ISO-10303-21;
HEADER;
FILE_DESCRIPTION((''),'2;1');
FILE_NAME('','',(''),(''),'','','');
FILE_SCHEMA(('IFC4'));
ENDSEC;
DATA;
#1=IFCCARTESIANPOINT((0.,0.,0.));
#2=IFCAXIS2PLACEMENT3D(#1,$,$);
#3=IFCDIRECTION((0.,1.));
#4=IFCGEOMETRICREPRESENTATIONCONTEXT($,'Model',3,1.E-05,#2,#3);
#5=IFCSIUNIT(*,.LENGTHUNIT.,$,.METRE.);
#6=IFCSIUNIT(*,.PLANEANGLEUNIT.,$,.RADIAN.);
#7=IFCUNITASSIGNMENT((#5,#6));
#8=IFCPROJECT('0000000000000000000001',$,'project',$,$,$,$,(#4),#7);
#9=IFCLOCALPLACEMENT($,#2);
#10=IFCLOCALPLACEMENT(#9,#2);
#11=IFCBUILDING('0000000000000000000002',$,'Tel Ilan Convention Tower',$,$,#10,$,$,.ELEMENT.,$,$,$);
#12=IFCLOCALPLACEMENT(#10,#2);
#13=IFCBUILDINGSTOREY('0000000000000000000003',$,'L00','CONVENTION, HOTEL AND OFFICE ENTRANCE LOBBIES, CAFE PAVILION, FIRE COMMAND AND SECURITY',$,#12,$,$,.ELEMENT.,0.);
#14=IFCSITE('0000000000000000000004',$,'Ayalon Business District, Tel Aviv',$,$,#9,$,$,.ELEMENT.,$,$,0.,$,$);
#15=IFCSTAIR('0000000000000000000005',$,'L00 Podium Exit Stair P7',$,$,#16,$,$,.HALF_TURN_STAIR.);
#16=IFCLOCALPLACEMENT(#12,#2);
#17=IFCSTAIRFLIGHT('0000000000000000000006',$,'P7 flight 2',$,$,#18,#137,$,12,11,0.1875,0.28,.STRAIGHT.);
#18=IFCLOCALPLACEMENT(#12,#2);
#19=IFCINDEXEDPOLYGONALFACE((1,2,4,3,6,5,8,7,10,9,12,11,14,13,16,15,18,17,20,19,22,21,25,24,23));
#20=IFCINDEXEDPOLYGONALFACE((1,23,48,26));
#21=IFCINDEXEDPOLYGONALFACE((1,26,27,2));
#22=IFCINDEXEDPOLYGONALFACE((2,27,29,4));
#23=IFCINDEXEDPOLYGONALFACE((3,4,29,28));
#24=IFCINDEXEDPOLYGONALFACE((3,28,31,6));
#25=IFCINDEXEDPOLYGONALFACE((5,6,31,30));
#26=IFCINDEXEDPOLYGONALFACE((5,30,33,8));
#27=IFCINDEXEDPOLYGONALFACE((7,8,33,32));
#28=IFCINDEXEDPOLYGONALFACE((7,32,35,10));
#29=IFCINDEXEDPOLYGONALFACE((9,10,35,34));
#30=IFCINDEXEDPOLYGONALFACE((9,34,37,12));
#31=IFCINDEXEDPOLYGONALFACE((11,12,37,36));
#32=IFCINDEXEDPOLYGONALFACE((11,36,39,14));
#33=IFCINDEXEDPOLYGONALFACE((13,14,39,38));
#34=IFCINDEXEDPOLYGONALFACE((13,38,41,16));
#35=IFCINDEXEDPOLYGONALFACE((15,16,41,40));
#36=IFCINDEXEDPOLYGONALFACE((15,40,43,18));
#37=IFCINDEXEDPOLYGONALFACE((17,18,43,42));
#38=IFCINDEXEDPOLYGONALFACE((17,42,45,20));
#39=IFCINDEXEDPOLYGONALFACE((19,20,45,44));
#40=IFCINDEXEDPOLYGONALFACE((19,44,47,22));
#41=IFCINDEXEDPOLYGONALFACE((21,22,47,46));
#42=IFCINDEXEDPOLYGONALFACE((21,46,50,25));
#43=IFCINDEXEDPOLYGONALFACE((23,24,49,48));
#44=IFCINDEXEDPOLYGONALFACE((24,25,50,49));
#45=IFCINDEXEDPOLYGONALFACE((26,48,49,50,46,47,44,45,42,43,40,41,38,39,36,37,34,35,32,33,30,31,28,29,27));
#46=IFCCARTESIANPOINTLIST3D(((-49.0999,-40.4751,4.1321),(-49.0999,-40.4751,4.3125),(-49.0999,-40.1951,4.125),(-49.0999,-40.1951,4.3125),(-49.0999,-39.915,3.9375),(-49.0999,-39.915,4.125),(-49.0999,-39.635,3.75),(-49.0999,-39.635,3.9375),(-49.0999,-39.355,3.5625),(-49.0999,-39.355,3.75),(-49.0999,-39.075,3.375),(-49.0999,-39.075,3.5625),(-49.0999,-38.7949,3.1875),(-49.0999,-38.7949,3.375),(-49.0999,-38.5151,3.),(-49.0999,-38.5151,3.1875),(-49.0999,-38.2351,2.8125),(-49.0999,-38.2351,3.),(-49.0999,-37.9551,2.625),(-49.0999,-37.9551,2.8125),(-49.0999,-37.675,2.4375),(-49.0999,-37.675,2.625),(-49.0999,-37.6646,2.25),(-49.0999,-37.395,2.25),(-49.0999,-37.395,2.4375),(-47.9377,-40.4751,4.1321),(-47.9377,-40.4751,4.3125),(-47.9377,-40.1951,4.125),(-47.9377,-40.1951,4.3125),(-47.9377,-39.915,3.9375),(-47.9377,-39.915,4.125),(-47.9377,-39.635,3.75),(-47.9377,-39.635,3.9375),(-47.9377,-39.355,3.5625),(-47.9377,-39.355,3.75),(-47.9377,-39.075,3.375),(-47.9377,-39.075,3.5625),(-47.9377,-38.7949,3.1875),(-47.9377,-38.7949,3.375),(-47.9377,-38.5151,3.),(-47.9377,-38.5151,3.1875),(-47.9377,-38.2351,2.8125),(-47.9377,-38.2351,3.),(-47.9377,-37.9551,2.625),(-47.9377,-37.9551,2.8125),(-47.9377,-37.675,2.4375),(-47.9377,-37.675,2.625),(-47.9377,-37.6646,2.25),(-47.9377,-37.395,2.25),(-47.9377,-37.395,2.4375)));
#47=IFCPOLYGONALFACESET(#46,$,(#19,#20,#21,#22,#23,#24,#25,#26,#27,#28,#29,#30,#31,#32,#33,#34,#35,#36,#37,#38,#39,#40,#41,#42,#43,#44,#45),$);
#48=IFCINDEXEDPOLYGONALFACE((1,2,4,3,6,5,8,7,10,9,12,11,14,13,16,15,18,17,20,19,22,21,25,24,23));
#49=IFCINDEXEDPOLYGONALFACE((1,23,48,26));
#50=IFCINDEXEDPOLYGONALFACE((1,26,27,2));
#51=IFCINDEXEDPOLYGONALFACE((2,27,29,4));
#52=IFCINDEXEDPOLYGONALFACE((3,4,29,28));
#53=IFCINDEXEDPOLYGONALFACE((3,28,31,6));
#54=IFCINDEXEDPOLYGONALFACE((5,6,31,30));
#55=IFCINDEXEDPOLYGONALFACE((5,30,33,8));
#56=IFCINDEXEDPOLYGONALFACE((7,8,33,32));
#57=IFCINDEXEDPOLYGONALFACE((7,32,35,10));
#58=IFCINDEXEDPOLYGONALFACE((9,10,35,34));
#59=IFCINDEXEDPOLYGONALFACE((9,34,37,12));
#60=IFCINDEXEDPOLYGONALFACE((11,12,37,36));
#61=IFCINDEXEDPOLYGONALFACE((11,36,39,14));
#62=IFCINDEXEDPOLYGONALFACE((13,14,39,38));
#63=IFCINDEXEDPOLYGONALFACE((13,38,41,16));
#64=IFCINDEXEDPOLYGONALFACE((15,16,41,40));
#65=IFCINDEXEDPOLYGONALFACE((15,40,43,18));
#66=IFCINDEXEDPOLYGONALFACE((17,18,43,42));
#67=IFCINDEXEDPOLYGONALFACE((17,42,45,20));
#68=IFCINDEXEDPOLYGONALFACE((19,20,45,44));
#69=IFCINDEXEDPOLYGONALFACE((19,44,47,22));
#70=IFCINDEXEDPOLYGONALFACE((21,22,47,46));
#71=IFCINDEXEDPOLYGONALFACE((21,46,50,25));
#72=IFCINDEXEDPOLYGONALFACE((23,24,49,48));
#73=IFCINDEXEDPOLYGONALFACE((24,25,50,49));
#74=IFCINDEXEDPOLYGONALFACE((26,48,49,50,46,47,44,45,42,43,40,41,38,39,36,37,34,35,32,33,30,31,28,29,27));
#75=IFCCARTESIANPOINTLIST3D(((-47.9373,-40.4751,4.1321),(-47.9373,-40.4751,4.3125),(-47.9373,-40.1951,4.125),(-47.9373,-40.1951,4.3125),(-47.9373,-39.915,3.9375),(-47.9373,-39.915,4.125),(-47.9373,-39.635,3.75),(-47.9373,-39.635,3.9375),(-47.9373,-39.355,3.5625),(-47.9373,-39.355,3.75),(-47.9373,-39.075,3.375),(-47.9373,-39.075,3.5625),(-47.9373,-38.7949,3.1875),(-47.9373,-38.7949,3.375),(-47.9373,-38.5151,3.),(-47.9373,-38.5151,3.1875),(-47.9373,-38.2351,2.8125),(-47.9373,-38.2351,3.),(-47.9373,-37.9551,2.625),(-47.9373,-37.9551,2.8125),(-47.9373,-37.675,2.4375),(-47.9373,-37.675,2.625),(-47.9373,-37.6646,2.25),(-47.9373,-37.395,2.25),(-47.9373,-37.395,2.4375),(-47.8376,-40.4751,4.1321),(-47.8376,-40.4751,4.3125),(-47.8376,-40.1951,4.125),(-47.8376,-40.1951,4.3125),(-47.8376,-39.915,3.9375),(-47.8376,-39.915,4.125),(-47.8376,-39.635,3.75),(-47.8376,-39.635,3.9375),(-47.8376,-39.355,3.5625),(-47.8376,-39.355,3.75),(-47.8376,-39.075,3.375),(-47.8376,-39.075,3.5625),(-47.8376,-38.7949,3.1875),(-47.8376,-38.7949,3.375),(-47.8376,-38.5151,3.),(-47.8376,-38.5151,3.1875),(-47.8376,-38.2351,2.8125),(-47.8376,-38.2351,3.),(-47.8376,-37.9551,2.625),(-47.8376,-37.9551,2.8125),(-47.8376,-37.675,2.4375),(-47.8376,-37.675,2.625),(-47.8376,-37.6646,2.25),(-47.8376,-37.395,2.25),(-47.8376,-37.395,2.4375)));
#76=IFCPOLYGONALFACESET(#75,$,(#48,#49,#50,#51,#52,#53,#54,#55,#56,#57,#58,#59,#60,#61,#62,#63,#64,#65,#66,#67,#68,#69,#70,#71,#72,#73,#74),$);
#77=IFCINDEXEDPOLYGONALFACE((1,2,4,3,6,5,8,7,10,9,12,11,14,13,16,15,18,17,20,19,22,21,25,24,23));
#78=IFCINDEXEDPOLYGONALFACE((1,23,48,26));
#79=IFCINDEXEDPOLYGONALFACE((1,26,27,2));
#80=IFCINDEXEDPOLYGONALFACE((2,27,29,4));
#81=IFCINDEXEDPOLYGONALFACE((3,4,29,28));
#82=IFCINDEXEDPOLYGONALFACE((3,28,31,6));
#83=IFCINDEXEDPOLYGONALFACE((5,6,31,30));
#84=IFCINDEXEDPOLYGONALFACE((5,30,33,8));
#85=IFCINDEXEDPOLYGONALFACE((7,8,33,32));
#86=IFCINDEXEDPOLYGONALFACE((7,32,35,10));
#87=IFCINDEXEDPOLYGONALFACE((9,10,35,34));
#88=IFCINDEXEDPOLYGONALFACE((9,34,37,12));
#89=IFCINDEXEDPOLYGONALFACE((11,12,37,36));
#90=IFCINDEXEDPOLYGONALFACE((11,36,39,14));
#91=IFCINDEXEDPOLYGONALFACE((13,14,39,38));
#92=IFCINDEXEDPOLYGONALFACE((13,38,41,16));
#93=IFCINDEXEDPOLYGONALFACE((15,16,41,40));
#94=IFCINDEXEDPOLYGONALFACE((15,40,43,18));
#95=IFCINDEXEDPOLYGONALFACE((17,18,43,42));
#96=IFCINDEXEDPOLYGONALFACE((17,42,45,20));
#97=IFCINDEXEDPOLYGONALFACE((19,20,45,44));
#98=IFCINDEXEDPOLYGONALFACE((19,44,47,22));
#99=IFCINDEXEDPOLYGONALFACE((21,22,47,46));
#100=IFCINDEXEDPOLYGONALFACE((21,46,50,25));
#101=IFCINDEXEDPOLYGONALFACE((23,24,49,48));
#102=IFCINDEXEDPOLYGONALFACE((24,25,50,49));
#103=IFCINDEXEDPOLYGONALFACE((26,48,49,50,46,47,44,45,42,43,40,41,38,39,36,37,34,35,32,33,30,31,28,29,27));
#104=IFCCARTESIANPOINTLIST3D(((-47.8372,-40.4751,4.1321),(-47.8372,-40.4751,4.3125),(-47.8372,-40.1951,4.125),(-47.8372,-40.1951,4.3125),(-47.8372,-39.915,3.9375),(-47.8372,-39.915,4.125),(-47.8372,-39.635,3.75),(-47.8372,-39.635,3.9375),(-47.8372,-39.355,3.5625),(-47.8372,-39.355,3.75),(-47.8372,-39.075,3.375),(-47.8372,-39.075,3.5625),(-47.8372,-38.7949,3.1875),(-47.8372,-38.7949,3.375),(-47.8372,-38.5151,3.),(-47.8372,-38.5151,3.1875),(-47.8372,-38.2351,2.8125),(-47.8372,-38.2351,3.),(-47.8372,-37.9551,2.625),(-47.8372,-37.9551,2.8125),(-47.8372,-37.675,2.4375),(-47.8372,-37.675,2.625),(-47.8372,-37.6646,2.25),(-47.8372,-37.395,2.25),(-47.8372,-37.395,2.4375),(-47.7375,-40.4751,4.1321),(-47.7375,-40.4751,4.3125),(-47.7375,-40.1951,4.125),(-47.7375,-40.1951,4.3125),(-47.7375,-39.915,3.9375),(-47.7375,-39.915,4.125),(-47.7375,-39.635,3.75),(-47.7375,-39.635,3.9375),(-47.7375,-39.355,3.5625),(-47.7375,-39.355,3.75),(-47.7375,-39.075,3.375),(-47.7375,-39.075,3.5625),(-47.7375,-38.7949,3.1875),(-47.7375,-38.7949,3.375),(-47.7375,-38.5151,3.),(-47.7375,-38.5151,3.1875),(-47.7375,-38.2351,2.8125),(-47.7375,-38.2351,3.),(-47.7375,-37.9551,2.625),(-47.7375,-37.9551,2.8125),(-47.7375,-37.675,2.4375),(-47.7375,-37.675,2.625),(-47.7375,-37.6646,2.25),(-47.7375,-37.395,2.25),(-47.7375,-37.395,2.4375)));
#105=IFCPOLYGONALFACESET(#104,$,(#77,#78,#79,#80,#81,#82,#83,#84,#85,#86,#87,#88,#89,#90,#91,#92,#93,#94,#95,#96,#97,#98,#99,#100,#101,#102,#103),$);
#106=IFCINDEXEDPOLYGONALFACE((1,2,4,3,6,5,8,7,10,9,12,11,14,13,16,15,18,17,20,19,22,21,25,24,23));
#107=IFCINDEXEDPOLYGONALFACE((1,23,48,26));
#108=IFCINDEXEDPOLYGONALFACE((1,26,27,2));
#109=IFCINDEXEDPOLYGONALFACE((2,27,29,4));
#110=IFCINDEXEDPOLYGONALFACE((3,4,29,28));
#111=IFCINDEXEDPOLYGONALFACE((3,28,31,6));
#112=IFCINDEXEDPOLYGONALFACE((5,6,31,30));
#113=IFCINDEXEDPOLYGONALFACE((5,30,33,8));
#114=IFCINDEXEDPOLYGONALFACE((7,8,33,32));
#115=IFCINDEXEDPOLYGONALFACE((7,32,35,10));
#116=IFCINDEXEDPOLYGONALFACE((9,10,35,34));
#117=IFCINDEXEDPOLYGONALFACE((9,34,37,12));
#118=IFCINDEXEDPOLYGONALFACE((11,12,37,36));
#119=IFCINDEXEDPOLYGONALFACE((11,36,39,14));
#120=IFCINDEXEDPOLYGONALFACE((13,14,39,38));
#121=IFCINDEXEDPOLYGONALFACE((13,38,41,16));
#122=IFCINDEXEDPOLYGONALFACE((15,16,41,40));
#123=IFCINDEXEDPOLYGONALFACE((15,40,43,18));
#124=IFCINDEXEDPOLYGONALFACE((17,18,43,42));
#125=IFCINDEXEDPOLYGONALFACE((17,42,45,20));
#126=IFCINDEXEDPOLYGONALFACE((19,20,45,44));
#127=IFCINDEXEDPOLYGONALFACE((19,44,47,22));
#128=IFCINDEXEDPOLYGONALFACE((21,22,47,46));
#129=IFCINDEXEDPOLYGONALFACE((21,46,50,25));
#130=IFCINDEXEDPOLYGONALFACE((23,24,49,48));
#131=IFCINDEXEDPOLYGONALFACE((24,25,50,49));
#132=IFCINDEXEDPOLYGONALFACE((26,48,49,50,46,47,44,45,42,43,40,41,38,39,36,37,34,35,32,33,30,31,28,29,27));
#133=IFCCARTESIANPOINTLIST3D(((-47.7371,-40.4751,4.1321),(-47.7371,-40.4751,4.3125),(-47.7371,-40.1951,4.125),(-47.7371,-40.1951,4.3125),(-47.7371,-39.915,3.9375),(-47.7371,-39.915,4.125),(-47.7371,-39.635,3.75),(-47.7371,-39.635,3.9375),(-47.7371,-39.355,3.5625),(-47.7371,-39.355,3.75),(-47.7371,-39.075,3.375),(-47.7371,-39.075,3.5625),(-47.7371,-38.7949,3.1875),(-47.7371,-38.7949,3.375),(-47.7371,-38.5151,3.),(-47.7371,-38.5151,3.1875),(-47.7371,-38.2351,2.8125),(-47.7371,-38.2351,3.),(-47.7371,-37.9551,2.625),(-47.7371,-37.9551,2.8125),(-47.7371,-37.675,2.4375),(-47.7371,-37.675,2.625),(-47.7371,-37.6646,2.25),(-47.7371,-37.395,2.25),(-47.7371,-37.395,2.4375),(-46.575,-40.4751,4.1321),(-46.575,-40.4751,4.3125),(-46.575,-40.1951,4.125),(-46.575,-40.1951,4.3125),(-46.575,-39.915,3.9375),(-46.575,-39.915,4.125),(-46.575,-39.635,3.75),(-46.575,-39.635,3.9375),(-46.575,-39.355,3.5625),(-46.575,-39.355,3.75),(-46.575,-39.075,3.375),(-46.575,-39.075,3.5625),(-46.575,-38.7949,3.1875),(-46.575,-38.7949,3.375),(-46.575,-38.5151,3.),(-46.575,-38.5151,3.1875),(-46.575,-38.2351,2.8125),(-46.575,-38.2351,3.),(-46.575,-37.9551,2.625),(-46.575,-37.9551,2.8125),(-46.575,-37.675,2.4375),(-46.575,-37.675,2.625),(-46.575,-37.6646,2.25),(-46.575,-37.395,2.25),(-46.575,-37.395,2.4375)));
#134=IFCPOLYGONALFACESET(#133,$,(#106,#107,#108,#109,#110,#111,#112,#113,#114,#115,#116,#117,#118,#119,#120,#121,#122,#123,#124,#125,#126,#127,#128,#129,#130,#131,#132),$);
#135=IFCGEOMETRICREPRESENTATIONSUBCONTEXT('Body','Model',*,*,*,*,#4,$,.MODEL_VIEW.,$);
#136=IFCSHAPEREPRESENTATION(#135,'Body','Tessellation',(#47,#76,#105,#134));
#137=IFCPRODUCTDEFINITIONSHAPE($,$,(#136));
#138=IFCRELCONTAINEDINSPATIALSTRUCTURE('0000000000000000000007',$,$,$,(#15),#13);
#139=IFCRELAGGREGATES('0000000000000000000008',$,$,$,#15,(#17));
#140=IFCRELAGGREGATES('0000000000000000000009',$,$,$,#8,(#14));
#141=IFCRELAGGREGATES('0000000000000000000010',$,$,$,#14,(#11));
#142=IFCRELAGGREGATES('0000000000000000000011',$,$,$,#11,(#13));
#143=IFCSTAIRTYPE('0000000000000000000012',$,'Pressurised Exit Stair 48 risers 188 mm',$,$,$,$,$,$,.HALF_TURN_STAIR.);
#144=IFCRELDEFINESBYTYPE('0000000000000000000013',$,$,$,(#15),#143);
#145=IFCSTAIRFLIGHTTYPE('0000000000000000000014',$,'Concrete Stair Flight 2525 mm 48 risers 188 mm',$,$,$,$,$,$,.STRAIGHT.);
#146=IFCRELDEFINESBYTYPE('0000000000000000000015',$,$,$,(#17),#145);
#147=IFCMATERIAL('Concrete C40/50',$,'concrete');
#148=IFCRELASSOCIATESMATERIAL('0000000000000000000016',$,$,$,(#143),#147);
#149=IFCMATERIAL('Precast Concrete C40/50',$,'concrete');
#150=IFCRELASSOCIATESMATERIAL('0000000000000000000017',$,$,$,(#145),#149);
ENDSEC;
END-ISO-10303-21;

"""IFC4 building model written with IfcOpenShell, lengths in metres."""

from ifc_helpers import new_model, si_unit, direction, frame, origin, place, context, subcontext, project, spatial, polyline, outline, extrude, material, type_object, element, aggregate, save


model = new_model("IFC4")

# Units and contexts
model_context = context("Model", 3, precision=1e-05, world=origin(), true_north=direction((0.0, 1.0)))
body_context = subcontext(model_context, "Body", "Model", "MODEL_VIEW")
ifc_project = project(units=[si_unit("LENGTHUNIT", "METRE"), si_unit("PLANEANGLEUNIT", "RADIAN")], contexts=[model_context])

# Site, building, storey
site_placement = place(None, origin())
site = spatial("IfcSite", under=ifc_project, at=site_placement, Name="Ayalon Business District, Tel Aviv", CompositionType="ELEMENT", RefElevation=0.0)
building_placement = place(site_placement, origin())
building = spatial("IfcBuilding", under=site, at=building_placement, Name="Tel Ilan Convention Tower", CompositionType="ELEMENT")
storey_placement = place(building_placement, origin())
storey = spatial("IfcBuildingStorey", under=building, at=storey_placement, Name="L00", Description="CONVENTION, HOTEL AND OFFICE ENTRANCE LOBBIES, CAFE PAVILION, FIRE COMMAND AND SECURITY", CompositionType="ELEMENT", Elevation=0.0)

# Stair, stair flight
ifc_material_1 = material(Name="Concrete C40/50", Category="concrete")
stair_type = type_object("IfcStairType", Name="Pressurised Exit Stair 48 risers 188 mm", PredefinedType="HALF_TURN_STAIR", material=ifc_material_1)
ifc_material_2 = material(Name="Precast Concrete C40/50", Category="concrete")
stair_flight_type = type_object("IfcStairFlightType", Name="Concrete Stair Flight 2525 mm 48 risers 188 mm", PredefinedType="STRAIGHT", material=ifc_material_2)
stair_1_placement = place(storey_placement, origin())
stair_1 = element("IfcStair", 1, at=stair_1_placement, inside=storey, type_object=stair_type, Name="L00 Podium Exit Stair P7", PredefinedType="HALF_TURN_STAIR")
stair_flight_1_placement = place(storey_placement, frame((-47.8374, -37.395, 2.25), z_axis=(0.0, 0.0, 1.0), x_axis=(0.0, -1.0, 0.0)))
stair_flight_1 = element("IfcStairFlight", 2, at=stair_flight_1_placement, type_object=stair_flight_type, Name="P7 flight 2", NumberOfRisers=12, NumberOfTreads=11, PredefinedType="STRAIGHT", RiserHeight=0.1875, TreadLength=0.28, context=body_context, shape_type="SweptSolid", body=[
    extrude(outline(polyline([(0.0, 0.0), (0.0, 0.1875), (0.28, 0.1875), (0.28, 0.375), (0.5601, 0.375), (0.5601, 0.5625), (0.8401, 0.5625), (0.8401, 0.75), (1.1201, 0.75), (1.1201, 0.9375), (1.3999, 0.9375), (1.3999, 1.125), (1.6799, 1.125), (1.6799, 1.3125), (1.96, 1.3125), (1.96, 1.5), (2.24, 1.5), (2.24, 1.6875), (2.52, 1.6875), (2.52, 1.875), (2.8, 1.875), (2.8, 2.0625), (3.0801, 2.0625), (3.0801, 2.25), (3.0801, 1.8821), (0.2695, 0.0), (0.0, 0.0)])), frame((0.0, -0.1003, 0.0), z_axis=(0.0, -1.0, 0.0), x_axis=(1.0, 0.0, 0.0)), (0.0, 0.0, 1.0), 1.1621),
    extrude(outline(polyline([(0.0, 0.0), (0.0, 0.1875), (0.28, 0.1875), (0.28, 0.375), (0.5601, 0.375), (0.5601, 0.5625), (0.8401, 0.5625), (0.8401, 0.75), (1.1201, 0.75), (1.1201, 0.9375), (1.3999, 0.9375), (1.3999, 1.125), (1.6799, 1.125), (1.6799, 1.3125), (1.96, 1.3125), (1.96, 1.5), (2.24, 1.5), (2.24, 1.6875), (2.52, 1.6875), (2.52, 1.875), (2.8, 1.875), (2.8, 2.0625), (3.0801, 2.0625), (3.0801, 2.25), (3.0801, 1.8821), (0.2695, 0.0), (0.0, 0.0)])), frame((0.0, -0.0002, 0.0), z_axis=(0.0, -1.0, 0.0), x_axis=(1.0, 0.0, 0.0)), (0.0, 0.0, 1.0), 0.0996),
    extrude(outline(polyline([(0.0, 0.0), (0.0, 0.1875), (0.28, 0.1875), (0.28, 0.375), (0.5601, 0.375), (0.5601, 0.5625), (0.8401, 0.5625), (0.8401, 0.75), (1.1201, 0.75), (1.1201, 0.9375), (1.3999, 0.9375), (1.3999, 1.125), (1.6799, 1.125), (1.6799, 1.3125), (1.96, 1.3125), (1.96, 1.5), (2.24, 1.5), (2.24, 1.6875), (2.52, 1.6875), (2.52, 1.875), (2.8, 1.875), (2.8, 2.0625), (3.0801, 2.0625), (3.0801, 2.25), (3.0801, 1.8821), (0.2695, 0.0), (0.0, 0.0)])), frame((0.0, 0.0999, 0.0), z_axis=(0.0, -1.0, 0.0), x_axis=(1.0, 0.0, 0.0)), (0.0, 0.0, 1.0), 0.0996),
    extrude(outline(polyline([(0.0, 0.0), (0.0, 0.1875), (0.28, 0.1875), (0.28, 0.375), (0.5601, 0.375), (0.5601, 0.5625), (0.8401, 0.5625), (0.8401, 0.75), (1.1201, 0.75), (1.1201, 0.9375), (1.3999, 0.9375), (1.3999, 1.125), (1.6799, 1.125), (1.6799, 1.3125), (1.96, 1.3125), (1.96, 1.5), (2.24, 1.5), (2.24, 1.6875), (2.52, 1.6875), (2.52, 1.875), (2.8, 1.875), (2.8, 2.0625), (3.0801, 2.0625), (3.0801, 2.25), (3.0801, 1.8821), (0.2695, 0.0), (0.0, 0.0)])), frame((0.0, 1.2625, 0.0), z_axis=(0.0, -1.0, 0.0), x_axis=(1.0, 0.0, 0.0)), (0.0, 0.0, 1.0), 1.1621),
])
aggregate(stair_1, [stair_flight_1])

save(model, "model.ifc")
